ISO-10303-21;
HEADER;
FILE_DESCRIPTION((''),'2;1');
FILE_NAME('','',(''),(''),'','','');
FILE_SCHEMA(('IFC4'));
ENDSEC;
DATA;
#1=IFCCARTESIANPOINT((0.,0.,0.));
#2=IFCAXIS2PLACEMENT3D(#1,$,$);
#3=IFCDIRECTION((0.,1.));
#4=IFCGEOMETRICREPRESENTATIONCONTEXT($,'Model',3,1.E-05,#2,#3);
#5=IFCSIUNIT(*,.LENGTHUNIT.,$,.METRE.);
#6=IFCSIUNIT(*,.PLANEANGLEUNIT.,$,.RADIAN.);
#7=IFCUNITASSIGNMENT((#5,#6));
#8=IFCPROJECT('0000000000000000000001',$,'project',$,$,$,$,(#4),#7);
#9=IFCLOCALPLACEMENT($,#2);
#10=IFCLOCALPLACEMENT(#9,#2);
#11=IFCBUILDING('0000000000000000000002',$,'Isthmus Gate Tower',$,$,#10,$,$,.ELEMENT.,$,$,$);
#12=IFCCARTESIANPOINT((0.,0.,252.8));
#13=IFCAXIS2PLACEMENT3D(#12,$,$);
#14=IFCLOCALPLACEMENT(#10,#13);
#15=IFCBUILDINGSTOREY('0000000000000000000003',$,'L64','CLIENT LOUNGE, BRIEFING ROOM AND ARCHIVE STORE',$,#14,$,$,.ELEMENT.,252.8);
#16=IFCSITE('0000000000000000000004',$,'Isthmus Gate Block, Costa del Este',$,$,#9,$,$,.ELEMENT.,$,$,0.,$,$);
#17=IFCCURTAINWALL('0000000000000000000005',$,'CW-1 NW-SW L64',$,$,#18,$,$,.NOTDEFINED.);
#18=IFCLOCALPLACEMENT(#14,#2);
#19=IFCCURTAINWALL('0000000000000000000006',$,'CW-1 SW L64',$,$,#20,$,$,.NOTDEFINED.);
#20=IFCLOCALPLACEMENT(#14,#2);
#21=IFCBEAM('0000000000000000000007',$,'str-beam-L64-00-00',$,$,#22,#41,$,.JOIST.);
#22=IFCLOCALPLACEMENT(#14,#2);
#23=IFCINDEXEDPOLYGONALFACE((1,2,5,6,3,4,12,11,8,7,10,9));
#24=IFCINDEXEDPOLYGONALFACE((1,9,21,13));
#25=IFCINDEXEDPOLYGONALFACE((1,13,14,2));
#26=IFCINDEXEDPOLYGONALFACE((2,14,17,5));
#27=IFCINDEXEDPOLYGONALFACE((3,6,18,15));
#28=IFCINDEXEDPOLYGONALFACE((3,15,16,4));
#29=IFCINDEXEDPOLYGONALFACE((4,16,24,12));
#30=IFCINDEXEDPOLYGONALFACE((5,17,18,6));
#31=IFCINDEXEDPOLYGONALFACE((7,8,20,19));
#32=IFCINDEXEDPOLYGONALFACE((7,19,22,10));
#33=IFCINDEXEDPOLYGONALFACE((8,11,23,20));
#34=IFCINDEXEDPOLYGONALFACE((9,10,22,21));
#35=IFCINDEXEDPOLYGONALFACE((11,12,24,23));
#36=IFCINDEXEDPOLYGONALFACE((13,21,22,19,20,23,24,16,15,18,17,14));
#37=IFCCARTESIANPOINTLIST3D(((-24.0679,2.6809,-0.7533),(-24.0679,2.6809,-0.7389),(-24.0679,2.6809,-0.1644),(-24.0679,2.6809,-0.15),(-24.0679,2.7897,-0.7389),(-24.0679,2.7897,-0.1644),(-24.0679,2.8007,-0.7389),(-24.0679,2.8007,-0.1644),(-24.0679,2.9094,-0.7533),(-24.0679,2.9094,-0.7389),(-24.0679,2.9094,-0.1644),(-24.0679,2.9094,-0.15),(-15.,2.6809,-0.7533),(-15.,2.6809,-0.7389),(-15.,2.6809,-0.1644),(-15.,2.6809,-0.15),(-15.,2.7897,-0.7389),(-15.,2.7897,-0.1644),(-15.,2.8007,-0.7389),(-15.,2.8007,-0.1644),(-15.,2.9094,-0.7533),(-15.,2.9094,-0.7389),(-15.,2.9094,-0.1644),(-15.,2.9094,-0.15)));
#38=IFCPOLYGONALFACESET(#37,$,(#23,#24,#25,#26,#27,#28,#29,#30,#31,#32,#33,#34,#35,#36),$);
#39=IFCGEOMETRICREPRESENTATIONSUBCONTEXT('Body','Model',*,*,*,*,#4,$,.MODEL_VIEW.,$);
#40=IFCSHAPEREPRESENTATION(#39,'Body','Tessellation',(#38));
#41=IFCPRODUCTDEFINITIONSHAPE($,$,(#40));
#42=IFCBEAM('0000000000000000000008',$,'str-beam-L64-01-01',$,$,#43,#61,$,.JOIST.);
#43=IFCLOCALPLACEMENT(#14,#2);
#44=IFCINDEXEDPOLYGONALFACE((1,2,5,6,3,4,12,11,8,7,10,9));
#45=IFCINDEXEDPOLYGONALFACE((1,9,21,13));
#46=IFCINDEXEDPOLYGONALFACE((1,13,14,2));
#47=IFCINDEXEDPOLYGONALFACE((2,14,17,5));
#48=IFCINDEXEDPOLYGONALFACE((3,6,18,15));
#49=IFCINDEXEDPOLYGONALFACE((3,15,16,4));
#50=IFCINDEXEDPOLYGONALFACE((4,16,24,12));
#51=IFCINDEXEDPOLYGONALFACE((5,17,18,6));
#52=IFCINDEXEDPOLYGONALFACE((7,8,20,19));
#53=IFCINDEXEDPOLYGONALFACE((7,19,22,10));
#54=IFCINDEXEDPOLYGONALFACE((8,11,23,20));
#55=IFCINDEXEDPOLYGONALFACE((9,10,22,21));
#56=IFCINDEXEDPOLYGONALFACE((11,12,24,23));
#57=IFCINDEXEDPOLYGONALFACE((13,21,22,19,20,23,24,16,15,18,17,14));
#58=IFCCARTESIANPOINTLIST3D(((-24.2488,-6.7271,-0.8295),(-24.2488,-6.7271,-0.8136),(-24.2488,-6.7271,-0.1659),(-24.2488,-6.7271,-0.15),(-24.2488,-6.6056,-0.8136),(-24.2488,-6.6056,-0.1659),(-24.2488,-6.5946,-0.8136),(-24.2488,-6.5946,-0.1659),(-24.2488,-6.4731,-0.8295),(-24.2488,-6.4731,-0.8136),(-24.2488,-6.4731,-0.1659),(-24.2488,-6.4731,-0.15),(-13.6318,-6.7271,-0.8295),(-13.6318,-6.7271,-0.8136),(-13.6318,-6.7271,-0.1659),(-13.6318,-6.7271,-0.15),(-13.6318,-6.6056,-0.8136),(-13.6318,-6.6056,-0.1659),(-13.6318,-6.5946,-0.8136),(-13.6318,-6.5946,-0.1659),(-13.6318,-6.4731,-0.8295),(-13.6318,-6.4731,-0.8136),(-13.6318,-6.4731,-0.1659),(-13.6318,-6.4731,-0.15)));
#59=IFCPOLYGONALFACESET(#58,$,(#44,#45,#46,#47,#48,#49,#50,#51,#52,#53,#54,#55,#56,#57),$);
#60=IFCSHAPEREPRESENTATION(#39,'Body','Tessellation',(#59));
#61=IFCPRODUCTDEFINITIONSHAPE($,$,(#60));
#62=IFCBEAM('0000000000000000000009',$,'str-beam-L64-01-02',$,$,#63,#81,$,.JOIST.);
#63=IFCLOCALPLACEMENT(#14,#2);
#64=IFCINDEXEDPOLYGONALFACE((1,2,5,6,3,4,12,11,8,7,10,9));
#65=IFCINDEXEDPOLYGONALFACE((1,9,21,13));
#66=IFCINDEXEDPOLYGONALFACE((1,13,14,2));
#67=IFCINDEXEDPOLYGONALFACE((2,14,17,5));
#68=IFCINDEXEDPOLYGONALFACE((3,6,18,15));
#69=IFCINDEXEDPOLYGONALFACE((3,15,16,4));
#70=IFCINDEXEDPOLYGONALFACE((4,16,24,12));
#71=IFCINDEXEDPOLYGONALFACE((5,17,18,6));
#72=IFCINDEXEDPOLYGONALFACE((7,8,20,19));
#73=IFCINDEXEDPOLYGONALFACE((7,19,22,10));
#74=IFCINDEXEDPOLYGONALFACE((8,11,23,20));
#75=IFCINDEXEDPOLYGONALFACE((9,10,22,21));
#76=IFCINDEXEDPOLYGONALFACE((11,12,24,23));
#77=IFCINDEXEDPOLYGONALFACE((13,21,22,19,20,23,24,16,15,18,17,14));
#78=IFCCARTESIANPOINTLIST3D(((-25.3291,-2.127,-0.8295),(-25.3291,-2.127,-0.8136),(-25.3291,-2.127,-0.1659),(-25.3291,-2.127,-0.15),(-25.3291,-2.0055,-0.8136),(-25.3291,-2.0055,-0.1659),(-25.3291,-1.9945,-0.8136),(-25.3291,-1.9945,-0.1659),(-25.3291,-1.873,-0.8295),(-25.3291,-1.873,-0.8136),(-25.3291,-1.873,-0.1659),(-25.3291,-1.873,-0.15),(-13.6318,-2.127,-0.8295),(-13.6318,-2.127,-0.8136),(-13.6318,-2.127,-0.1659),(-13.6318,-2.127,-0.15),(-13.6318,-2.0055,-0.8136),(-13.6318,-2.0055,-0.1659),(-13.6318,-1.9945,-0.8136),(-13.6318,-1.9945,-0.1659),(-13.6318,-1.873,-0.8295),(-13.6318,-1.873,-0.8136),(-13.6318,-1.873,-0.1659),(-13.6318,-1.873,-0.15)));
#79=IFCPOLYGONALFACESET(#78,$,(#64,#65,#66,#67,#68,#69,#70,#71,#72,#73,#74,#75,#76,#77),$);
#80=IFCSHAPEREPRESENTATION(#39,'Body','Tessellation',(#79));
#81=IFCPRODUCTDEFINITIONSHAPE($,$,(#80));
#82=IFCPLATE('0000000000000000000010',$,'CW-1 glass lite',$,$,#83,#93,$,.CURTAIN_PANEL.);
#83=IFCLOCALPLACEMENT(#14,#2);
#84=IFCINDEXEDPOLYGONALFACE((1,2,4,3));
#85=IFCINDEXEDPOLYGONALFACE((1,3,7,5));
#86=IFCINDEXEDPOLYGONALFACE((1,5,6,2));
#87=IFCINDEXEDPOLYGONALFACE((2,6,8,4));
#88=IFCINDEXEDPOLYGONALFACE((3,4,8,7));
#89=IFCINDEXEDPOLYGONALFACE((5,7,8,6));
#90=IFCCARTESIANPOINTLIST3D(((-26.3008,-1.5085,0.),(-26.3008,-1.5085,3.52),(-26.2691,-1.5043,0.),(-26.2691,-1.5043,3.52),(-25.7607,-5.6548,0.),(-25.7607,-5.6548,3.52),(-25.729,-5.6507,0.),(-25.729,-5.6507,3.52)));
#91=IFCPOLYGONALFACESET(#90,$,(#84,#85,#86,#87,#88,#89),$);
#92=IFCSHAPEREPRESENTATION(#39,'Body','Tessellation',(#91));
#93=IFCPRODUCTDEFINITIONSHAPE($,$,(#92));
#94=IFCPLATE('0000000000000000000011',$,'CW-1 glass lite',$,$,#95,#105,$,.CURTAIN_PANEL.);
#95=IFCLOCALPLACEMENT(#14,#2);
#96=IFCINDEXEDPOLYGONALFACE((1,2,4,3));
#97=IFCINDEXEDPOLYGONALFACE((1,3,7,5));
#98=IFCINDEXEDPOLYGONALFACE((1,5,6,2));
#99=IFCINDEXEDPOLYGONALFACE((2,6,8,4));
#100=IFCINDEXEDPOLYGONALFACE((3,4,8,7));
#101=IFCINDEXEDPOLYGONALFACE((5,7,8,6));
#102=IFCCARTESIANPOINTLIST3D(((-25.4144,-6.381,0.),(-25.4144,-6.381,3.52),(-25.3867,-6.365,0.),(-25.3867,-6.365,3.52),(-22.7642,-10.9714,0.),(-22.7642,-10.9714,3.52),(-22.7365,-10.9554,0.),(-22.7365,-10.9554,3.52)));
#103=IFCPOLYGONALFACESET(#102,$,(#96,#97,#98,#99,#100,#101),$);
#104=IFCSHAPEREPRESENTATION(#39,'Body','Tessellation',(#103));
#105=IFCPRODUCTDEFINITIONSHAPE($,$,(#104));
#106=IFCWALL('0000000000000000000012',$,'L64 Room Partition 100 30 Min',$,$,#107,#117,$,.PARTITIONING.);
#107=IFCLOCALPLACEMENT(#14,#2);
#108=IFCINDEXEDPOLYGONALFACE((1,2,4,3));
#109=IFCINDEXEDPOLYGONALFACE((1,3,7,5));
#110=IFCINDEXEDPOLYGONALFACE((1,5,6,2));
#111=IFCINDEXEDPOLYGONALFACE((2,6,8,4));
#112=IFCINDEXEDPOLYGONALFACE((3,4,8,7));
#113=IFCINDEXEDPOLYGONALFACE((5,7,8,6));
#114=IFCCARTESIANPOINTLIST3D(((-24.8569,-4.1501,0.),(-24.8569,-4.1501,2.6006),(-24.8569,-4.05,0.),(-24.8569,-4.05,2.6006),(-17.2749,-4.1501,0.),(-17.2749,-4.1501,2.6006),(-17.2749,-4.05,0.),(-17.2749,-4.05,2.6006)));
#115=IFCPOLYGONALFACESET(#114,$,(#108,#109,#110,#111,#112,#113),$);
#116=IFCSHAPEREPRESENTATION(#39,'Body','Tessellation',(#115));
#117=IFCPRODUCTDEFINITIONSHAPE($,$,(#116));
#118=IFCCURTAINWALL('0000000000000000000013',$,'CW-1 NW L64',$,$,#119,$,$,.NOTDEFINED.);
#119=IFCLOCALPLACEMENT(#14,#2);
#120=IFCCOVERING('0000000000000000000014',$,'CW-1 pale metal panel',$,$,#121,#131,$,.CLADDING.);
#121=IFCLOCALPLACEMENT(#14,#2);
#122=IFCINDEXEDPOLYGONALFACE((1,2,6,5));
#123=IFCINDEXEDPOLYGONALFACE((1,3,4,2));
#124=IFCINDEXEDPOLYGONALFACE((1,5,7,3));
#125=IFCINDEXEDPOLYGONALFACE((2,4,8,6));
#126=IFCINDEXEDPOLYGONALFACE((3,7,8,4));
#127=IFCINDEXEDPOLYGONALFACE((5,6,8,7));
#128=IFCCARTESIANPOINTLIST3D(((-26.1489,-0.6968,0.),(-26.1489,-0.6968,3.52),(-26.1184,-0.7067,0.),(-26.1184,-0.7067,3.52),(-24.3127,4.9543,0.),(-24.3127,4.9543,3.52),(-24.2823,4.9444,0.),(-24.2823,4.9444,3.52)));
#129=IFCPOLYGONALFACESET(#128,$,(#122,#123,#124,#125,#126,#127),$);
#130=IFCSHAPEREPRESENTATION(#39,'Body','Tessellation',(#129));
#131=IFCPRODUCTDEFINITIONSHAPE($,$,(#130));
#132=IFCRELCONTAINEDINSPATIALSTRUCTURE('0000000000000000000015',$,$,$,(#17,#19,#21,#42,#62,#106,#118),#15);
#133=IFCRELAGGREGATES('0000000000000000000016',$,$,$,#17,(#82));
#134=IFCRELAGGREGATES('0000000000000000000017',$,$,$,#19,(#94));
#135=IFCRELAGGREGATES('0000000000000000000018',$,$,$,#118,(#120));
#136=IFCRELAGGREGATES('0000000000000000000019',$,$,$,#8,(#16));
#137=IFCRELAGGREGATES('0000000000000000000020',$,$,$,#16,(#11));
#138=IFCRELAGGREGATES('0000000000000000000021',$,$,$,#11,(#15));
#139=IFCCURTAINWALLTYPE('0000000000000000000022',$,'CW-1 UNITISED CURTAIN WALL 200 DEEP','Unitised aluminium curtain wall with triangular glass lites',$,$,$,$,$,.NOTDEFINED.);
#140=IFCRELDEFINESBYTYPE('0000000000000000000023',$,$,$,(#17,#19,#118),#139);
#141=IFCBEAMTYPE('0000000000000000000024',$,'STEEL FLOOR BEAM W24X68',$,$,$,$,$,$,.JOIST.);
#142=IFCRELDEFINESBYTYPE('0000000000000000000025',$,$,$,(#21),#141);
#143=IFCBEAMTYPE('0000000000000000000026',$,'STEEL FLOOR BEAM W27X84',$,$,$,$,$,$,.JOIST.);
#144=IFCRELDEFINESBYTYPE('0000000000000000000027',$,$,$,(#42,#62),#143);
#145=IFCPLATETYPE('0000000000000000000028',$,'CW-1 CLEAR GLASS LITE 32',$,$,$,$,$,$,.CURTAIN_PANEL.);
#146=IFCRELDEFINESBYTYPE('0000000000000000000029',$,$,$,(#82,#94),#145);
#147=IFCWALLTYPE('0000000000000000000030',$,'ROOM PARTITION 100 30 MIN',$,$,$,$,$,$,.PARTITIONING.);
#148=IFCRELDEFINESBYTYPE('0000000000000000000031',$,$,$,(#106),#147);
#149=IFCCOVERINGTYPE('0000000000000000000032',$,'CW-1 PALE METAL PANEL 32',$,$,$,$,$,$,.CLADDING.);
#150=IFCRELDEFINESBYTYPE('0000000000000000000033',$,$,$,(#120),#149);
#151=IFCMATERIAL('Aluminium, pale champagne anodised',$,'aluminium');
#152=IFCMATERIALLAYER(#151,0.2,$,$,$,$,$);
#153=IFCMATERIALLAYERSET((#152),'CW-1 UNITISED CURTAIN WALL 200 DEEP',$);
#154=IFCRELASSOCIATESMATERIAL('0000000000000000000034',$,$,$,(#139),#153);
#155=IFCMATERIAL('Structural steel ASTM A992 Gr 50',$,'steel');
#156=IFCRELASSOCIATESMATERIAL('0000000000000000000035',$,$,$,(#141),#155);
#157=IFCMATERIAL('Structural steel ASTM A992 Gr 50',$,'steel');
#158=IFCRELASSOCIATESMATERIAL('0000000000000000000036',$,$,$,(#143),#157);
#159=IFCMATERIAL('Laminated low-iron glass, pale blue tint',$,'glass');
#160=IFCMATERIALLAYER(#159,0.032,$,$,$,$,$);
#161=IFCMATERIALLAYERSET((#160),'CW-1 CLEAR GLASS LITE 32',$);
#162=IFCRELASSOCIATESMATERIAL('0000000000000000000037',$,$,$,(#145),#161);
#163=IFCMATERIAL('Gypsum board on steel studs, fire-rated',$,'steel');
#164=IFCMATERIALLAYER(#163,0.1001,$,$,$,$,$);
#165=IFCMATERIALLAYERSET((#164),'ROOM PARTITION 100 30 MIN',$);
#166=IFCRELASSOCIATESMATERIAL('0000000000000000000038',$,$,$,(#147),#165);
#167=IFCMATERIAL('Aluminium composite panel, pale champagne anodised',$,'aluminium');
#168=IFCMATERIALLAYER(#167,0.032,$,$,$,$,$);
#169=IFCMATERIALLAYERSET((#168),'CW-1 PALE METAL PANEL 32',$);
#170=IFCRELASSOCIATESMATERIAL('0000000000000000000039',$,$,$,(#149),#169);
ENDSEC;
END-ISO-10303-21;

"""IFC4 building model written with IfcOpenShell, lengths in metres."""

from ifc_helpers import new_model, si_unit, direction, frame, frame_2d, origin, origin_2d, place, context, subcontext, project, spatial, rectangle, i_section, extrude, material, layer, layer_set, material_profile, profile_set, type_object, element, aggregate, save


model = new_model("IFC4")

# Units and contexts
model_context = context("Model", 3, precision=1e-05, world=origin(), true_north=direction((0.0, 1.0)))
body_context = subcontext(model_context, "Body", "Model", "MODEL_VIEW")
ifc_project = project(units=[si_unit("LENGTHUNIT", "METRE"), si_unit("PLANEANGLEUNIT", "RADIAN")], contexts=[model_context])

# Site, building, storey
site_placement = place(None, origin())
site = spatial("IfcSite", under=ifc_project, at=site_placement, Name="Isthmus Gate Block, Costa del Este", CompositionType="ELEMENT", RefElevation=0.0)
building_placement = place(site_placement, origin())
building = spatial("IfcBuilding", under=site, at=building_placement, Name="Isthmus Gate Tower", CompositionType="ELEMENT")
storey_placement = place(building_placement, frame((0.0, 0.0, 252.8)))
storey = spatial("IfcBuildingStorey", under=building, at=storey_placement, Name="L64", Description="CLIENT LOUNGE, BRIEFING ROOM AND ARCHIVE STORE", CompositionType="ELEMENT", Elevation=252.8)

# Curtain walls
ifc_material_1 = material(Name="Aluminium, pale champagne anodised", Category="aluminium")
ifc_layer_1 = layer(ifc_material_1, 0.2)
ifc_layer_set_1 = layer_set([ifc_layer_1], Name="CW-1 UNITISED CURTAIN WALL 200 DEEP")
curtain_wall_type = type_object("IfcCurtainWallType", Name="CW-1 UNITISED CURTAIN WALL 200 DEEP", Description="Unitised aluminium curtain wall with triangular glass lites", PredefinedType="NOTDEFINED", material=ifc_layer_set_1)
curtain_wall_1_placement = place(storey_placement, origin())
curtain_wall_1 = element("IfcCurtainWall", 1, at=curtain_wall_1_placement, inside=storey, type_object=curtain_wall_type, Name="CW-1 NW-SW L64", PredefinedType="NOTDEFINED")
curtain_wall_2_placement = place(storey_placement, origin())
curtain_wall_2 = element("IfcCurtainWall", 2, at=curtain_wall_2_placement, inside=storey, type_object=curtain_wall_type, Name="CW-1 SW L64", PredefinedType="NOTDEFINED")

# Beams
ifc_material_2 = material(Name="Structural steel ASTM A992 Gr 50", Category="steel")
ifc_material_profile_1 = material_profile(ifc_material_2, i_section(OverallWidth=0.2285, OverallDepth=0.6033, WebThickness=0.011, FlangeThickness=0.0144, at=origin_2d()), Name="W24X68")
ifc_profile_set_1 = profile_set([ifc_material_profile_1], Name="Structural steel ASTM A992 Gr 50")
beam_type_1 = type_object("IfcBeamType", Name="STEEL FLOOR BEAM W24X68", PredefinedType="JOIST", material=ifc_profile_set_1)
beam_1_placement = place(storey_placement, frame((-24.0679, 2.7952, -0.4517), z_axis=(1.0, 0.0, 0.0), x_axis=(0.0, 1.0, 0.0)))
element("IfcBeam", 3, at=beam_1_placement, inside=storey, type_object=beam_type_1, Name="str-beam-L64-00-00", PredefinedType="JOIST", context=body_context, shape_type="SweptSolid", body=[
    extrude(i_section(OverallWidth=0.2285, OverallDepth=0.6033, WebThickness=0.011, FlangeThickness=0.0144, at=origin_2d()), origin(), (0.0, 0.0, 1.0), 9.0679),
])
ifc_material_3 = material(Name="Structural steel ASTM A992 Gr 50", Category="steel")
ifc_material_profile_2 = material_profile(ifc_material_3, i_section(OverallWidth=0.2539, OverallDepth=0.6794, WebThickness=0.011, FlangeThickness=0.0159, at=origin_2d()), Name="W27X84")
ifc_profile_set_2 = profile_set([ifc_material_profile_2], Name="Structural steel ASTM A992 Gr 50")
beam_type_2 = type_object("IfcBeamType", Name="STEEL FLOOR BEAM W27X84", PredefinedType="JOIST", material=ifc_profile_set_2)
beam_2_placement = place(storey_placement, frame((-24.2488, -6.6001, -0.4897), z_axis=(1.0, 0.0, 0.0), x_axis=(0.0, 1.0, 0.0)))
element("IfcBeam", 4, at=beam_2_placement, inside=storey, type_object=beam_type_2, Name="str-beam-L64-01-01", PredefinedType="JOIST", context=body_context, shape_type="SweptSolid", body=[
    extrude(i_section(OverallWidth=0.2539, OverallDepth=0.6794, WebThickness=0.011, FlangeThickness=0.0159, at=origin_2d()), origin(), (0.0, 0.0, 1.0), 10.6169),
])
beam_3_placement = place(storey_placement, frame((-25.3291, -2.0, -0.4897), z_axis=(1.0, 0.0, 0.0), x_axis=(0.0, 1.0, 0.0)))
element("IfcBeam", 5, at=beam_3_placement, inside=storey, type_object=beam_type_2, Name="str-beam-L64-01-02", PredefinedType="JOIST", context=body_context, shape_type="SweptSolid", body=[
    extrude(i_section(OverallWidth=0.2539, OverallDepth=0.6794, WebThickness=0.011, FlangeThickness=0.0159, at=origin_2d()), origin(), (0.0, 0.0, 1.0), 11.6973),
])

# Plates
ifc_material_4 = material(Name="Laminated low-iron glass, pale blue tint", Category="glass")
ifc_layer_2 = layer(ifc_material_4, 0.032)
ifc_layer_set_2 = layer_set([ifc_layer_2], Name="CW-1 CLEAR GLASS LITE 32")
plate_type = type_object("IfcPlateType", Name="CW-1 CLEAR GLASS LITE 32", PredefinedType="CURTAIN_PANEL", material=ifc_layer_set_2)
plate_1_placement = place(storey_placement, frame((-26.0149, -3.5796, 0.0), z_axis=(0.0, 0.0, 1.0), x_axis=(0.129165, -0.991623, 0.0)))
plate_1 = element("IfcPlate", 6, at=plate_1_placement, type_object=plate_type, Name="CW-1 glass lite", PredefinedType="CURTAIN_PANEL", context=body_context, shape_type="SweptSolid", body=[
    extrude(rectangle(XDim=4.1814, YDim=0.032, at=origin_2d()), origin(), (0.0, 0.0, 1.0), 3.52),
])
aggregate(curtain_wall_1, [plate_1])
plate_2_placement = place(storey_placement, frame((-24.0754, -8.6682, 0.0), z_axis=(0.0, 0.0, 1.0), x_axis=(0.5, -0.866025, 0.0)))
plate_2 = element("IfcPlate", 7, at=plate_2_placement, type_object=plate_type, Name="CW-1 glass lite", PredefinedType="CURTAIN_PANEL", context=body_context, shape_type="SweptSolid", body=[
    extrude(rectangle(XDim=5.3005, YDim=0.032, at=origin_2d()), origin(), (0.0, 0.0, 1.0), 3.52),
])
aggregate(curtain_wall_2, [plate_2])

# Wall
ifc_material_5 = material(Name="Gypsum board on steel studs, fire-rated", Category="steel")
ifc_layer_3 = layer(ifc_material_5, 0.1001)
ifc_layer_set_3 = layer_set([ifc_layer_3], Name="ROOM PARTITION 100 30 MIN")
wall_type = type_object("IfcWallType", Name="ROOM PARTITION 100 30 MIN", PredefinedType="PARTITIONING", material=ifc_layer_set_3)
wall_placement = place(storey_placement, frame((-24.8569, -4.1001, 0.0), z_axis=(0.0, 0.0, 1.0), x_axis=(1.0, 0.0, 0.0)))
element("IfcWall", 8, at=wall_placement, inside=storey, type_object=wall_type, Name="L64 Room Partition 100 30 Min", PredefinedType="PARTITIONING", context=body_context, shape_type="SweptSolid", body=[
    extrude(rectangle(XDim=7.582, YDim=0.1001, at=frame_2d((3.791, 0.0))), origin(), (0.0, 0.0, 1.0), 2.6006),
])

# Curtain wall, covering
curtain_wall_3_placement = place(storey_placement, origin())
curtain_wall_3 = element("IfcCurtainWall", 9, at=curtain_wall_3_placement, inside=storey, type_object=curtain_wall_type, Name="CW-1 NW L64", PredefinedType="NOTDEFINED")
ifc_material_6 = material(Name="Aluminium composite panel, pale champagne anodised", Category="aluminium")
ifc_layer_4 = layer(ifc_material_6, 0.032)
ifc_layer_set_4 = layer_set([ifc_layer_4], Name="CW-1 PALE METAL PANEL 32")
covering_type = type_object("IfcCoveringType", Name="CW-1 PALE METAL PANEL 32", PredefinedType="CLADDING", material=ifc_layer_set_4)
covering_placement = place(storey_placement, frame((-25.2156, 2.1238, 0.0), z_axis=(0.0, 0.0, 1.0), x_axis=(-0.309017, -0.951057, 0.0)))
covering = element("IfcCovering", 10, at=covering_placement, type_object=covering_type, Name="CW-1 pale metal panel", PredefinedType="CLADDING", context=body_context, shape_type="SweptSolid", body=[
    extrude(rectangle(XDim=5.9419, YDim=0.032, at=origin_2d()), origin(), (0.0, 0.0, 1.0), 3.52),
])
aggregate(curtain_wall_3, [covering])

save(model, "model.ifc")
